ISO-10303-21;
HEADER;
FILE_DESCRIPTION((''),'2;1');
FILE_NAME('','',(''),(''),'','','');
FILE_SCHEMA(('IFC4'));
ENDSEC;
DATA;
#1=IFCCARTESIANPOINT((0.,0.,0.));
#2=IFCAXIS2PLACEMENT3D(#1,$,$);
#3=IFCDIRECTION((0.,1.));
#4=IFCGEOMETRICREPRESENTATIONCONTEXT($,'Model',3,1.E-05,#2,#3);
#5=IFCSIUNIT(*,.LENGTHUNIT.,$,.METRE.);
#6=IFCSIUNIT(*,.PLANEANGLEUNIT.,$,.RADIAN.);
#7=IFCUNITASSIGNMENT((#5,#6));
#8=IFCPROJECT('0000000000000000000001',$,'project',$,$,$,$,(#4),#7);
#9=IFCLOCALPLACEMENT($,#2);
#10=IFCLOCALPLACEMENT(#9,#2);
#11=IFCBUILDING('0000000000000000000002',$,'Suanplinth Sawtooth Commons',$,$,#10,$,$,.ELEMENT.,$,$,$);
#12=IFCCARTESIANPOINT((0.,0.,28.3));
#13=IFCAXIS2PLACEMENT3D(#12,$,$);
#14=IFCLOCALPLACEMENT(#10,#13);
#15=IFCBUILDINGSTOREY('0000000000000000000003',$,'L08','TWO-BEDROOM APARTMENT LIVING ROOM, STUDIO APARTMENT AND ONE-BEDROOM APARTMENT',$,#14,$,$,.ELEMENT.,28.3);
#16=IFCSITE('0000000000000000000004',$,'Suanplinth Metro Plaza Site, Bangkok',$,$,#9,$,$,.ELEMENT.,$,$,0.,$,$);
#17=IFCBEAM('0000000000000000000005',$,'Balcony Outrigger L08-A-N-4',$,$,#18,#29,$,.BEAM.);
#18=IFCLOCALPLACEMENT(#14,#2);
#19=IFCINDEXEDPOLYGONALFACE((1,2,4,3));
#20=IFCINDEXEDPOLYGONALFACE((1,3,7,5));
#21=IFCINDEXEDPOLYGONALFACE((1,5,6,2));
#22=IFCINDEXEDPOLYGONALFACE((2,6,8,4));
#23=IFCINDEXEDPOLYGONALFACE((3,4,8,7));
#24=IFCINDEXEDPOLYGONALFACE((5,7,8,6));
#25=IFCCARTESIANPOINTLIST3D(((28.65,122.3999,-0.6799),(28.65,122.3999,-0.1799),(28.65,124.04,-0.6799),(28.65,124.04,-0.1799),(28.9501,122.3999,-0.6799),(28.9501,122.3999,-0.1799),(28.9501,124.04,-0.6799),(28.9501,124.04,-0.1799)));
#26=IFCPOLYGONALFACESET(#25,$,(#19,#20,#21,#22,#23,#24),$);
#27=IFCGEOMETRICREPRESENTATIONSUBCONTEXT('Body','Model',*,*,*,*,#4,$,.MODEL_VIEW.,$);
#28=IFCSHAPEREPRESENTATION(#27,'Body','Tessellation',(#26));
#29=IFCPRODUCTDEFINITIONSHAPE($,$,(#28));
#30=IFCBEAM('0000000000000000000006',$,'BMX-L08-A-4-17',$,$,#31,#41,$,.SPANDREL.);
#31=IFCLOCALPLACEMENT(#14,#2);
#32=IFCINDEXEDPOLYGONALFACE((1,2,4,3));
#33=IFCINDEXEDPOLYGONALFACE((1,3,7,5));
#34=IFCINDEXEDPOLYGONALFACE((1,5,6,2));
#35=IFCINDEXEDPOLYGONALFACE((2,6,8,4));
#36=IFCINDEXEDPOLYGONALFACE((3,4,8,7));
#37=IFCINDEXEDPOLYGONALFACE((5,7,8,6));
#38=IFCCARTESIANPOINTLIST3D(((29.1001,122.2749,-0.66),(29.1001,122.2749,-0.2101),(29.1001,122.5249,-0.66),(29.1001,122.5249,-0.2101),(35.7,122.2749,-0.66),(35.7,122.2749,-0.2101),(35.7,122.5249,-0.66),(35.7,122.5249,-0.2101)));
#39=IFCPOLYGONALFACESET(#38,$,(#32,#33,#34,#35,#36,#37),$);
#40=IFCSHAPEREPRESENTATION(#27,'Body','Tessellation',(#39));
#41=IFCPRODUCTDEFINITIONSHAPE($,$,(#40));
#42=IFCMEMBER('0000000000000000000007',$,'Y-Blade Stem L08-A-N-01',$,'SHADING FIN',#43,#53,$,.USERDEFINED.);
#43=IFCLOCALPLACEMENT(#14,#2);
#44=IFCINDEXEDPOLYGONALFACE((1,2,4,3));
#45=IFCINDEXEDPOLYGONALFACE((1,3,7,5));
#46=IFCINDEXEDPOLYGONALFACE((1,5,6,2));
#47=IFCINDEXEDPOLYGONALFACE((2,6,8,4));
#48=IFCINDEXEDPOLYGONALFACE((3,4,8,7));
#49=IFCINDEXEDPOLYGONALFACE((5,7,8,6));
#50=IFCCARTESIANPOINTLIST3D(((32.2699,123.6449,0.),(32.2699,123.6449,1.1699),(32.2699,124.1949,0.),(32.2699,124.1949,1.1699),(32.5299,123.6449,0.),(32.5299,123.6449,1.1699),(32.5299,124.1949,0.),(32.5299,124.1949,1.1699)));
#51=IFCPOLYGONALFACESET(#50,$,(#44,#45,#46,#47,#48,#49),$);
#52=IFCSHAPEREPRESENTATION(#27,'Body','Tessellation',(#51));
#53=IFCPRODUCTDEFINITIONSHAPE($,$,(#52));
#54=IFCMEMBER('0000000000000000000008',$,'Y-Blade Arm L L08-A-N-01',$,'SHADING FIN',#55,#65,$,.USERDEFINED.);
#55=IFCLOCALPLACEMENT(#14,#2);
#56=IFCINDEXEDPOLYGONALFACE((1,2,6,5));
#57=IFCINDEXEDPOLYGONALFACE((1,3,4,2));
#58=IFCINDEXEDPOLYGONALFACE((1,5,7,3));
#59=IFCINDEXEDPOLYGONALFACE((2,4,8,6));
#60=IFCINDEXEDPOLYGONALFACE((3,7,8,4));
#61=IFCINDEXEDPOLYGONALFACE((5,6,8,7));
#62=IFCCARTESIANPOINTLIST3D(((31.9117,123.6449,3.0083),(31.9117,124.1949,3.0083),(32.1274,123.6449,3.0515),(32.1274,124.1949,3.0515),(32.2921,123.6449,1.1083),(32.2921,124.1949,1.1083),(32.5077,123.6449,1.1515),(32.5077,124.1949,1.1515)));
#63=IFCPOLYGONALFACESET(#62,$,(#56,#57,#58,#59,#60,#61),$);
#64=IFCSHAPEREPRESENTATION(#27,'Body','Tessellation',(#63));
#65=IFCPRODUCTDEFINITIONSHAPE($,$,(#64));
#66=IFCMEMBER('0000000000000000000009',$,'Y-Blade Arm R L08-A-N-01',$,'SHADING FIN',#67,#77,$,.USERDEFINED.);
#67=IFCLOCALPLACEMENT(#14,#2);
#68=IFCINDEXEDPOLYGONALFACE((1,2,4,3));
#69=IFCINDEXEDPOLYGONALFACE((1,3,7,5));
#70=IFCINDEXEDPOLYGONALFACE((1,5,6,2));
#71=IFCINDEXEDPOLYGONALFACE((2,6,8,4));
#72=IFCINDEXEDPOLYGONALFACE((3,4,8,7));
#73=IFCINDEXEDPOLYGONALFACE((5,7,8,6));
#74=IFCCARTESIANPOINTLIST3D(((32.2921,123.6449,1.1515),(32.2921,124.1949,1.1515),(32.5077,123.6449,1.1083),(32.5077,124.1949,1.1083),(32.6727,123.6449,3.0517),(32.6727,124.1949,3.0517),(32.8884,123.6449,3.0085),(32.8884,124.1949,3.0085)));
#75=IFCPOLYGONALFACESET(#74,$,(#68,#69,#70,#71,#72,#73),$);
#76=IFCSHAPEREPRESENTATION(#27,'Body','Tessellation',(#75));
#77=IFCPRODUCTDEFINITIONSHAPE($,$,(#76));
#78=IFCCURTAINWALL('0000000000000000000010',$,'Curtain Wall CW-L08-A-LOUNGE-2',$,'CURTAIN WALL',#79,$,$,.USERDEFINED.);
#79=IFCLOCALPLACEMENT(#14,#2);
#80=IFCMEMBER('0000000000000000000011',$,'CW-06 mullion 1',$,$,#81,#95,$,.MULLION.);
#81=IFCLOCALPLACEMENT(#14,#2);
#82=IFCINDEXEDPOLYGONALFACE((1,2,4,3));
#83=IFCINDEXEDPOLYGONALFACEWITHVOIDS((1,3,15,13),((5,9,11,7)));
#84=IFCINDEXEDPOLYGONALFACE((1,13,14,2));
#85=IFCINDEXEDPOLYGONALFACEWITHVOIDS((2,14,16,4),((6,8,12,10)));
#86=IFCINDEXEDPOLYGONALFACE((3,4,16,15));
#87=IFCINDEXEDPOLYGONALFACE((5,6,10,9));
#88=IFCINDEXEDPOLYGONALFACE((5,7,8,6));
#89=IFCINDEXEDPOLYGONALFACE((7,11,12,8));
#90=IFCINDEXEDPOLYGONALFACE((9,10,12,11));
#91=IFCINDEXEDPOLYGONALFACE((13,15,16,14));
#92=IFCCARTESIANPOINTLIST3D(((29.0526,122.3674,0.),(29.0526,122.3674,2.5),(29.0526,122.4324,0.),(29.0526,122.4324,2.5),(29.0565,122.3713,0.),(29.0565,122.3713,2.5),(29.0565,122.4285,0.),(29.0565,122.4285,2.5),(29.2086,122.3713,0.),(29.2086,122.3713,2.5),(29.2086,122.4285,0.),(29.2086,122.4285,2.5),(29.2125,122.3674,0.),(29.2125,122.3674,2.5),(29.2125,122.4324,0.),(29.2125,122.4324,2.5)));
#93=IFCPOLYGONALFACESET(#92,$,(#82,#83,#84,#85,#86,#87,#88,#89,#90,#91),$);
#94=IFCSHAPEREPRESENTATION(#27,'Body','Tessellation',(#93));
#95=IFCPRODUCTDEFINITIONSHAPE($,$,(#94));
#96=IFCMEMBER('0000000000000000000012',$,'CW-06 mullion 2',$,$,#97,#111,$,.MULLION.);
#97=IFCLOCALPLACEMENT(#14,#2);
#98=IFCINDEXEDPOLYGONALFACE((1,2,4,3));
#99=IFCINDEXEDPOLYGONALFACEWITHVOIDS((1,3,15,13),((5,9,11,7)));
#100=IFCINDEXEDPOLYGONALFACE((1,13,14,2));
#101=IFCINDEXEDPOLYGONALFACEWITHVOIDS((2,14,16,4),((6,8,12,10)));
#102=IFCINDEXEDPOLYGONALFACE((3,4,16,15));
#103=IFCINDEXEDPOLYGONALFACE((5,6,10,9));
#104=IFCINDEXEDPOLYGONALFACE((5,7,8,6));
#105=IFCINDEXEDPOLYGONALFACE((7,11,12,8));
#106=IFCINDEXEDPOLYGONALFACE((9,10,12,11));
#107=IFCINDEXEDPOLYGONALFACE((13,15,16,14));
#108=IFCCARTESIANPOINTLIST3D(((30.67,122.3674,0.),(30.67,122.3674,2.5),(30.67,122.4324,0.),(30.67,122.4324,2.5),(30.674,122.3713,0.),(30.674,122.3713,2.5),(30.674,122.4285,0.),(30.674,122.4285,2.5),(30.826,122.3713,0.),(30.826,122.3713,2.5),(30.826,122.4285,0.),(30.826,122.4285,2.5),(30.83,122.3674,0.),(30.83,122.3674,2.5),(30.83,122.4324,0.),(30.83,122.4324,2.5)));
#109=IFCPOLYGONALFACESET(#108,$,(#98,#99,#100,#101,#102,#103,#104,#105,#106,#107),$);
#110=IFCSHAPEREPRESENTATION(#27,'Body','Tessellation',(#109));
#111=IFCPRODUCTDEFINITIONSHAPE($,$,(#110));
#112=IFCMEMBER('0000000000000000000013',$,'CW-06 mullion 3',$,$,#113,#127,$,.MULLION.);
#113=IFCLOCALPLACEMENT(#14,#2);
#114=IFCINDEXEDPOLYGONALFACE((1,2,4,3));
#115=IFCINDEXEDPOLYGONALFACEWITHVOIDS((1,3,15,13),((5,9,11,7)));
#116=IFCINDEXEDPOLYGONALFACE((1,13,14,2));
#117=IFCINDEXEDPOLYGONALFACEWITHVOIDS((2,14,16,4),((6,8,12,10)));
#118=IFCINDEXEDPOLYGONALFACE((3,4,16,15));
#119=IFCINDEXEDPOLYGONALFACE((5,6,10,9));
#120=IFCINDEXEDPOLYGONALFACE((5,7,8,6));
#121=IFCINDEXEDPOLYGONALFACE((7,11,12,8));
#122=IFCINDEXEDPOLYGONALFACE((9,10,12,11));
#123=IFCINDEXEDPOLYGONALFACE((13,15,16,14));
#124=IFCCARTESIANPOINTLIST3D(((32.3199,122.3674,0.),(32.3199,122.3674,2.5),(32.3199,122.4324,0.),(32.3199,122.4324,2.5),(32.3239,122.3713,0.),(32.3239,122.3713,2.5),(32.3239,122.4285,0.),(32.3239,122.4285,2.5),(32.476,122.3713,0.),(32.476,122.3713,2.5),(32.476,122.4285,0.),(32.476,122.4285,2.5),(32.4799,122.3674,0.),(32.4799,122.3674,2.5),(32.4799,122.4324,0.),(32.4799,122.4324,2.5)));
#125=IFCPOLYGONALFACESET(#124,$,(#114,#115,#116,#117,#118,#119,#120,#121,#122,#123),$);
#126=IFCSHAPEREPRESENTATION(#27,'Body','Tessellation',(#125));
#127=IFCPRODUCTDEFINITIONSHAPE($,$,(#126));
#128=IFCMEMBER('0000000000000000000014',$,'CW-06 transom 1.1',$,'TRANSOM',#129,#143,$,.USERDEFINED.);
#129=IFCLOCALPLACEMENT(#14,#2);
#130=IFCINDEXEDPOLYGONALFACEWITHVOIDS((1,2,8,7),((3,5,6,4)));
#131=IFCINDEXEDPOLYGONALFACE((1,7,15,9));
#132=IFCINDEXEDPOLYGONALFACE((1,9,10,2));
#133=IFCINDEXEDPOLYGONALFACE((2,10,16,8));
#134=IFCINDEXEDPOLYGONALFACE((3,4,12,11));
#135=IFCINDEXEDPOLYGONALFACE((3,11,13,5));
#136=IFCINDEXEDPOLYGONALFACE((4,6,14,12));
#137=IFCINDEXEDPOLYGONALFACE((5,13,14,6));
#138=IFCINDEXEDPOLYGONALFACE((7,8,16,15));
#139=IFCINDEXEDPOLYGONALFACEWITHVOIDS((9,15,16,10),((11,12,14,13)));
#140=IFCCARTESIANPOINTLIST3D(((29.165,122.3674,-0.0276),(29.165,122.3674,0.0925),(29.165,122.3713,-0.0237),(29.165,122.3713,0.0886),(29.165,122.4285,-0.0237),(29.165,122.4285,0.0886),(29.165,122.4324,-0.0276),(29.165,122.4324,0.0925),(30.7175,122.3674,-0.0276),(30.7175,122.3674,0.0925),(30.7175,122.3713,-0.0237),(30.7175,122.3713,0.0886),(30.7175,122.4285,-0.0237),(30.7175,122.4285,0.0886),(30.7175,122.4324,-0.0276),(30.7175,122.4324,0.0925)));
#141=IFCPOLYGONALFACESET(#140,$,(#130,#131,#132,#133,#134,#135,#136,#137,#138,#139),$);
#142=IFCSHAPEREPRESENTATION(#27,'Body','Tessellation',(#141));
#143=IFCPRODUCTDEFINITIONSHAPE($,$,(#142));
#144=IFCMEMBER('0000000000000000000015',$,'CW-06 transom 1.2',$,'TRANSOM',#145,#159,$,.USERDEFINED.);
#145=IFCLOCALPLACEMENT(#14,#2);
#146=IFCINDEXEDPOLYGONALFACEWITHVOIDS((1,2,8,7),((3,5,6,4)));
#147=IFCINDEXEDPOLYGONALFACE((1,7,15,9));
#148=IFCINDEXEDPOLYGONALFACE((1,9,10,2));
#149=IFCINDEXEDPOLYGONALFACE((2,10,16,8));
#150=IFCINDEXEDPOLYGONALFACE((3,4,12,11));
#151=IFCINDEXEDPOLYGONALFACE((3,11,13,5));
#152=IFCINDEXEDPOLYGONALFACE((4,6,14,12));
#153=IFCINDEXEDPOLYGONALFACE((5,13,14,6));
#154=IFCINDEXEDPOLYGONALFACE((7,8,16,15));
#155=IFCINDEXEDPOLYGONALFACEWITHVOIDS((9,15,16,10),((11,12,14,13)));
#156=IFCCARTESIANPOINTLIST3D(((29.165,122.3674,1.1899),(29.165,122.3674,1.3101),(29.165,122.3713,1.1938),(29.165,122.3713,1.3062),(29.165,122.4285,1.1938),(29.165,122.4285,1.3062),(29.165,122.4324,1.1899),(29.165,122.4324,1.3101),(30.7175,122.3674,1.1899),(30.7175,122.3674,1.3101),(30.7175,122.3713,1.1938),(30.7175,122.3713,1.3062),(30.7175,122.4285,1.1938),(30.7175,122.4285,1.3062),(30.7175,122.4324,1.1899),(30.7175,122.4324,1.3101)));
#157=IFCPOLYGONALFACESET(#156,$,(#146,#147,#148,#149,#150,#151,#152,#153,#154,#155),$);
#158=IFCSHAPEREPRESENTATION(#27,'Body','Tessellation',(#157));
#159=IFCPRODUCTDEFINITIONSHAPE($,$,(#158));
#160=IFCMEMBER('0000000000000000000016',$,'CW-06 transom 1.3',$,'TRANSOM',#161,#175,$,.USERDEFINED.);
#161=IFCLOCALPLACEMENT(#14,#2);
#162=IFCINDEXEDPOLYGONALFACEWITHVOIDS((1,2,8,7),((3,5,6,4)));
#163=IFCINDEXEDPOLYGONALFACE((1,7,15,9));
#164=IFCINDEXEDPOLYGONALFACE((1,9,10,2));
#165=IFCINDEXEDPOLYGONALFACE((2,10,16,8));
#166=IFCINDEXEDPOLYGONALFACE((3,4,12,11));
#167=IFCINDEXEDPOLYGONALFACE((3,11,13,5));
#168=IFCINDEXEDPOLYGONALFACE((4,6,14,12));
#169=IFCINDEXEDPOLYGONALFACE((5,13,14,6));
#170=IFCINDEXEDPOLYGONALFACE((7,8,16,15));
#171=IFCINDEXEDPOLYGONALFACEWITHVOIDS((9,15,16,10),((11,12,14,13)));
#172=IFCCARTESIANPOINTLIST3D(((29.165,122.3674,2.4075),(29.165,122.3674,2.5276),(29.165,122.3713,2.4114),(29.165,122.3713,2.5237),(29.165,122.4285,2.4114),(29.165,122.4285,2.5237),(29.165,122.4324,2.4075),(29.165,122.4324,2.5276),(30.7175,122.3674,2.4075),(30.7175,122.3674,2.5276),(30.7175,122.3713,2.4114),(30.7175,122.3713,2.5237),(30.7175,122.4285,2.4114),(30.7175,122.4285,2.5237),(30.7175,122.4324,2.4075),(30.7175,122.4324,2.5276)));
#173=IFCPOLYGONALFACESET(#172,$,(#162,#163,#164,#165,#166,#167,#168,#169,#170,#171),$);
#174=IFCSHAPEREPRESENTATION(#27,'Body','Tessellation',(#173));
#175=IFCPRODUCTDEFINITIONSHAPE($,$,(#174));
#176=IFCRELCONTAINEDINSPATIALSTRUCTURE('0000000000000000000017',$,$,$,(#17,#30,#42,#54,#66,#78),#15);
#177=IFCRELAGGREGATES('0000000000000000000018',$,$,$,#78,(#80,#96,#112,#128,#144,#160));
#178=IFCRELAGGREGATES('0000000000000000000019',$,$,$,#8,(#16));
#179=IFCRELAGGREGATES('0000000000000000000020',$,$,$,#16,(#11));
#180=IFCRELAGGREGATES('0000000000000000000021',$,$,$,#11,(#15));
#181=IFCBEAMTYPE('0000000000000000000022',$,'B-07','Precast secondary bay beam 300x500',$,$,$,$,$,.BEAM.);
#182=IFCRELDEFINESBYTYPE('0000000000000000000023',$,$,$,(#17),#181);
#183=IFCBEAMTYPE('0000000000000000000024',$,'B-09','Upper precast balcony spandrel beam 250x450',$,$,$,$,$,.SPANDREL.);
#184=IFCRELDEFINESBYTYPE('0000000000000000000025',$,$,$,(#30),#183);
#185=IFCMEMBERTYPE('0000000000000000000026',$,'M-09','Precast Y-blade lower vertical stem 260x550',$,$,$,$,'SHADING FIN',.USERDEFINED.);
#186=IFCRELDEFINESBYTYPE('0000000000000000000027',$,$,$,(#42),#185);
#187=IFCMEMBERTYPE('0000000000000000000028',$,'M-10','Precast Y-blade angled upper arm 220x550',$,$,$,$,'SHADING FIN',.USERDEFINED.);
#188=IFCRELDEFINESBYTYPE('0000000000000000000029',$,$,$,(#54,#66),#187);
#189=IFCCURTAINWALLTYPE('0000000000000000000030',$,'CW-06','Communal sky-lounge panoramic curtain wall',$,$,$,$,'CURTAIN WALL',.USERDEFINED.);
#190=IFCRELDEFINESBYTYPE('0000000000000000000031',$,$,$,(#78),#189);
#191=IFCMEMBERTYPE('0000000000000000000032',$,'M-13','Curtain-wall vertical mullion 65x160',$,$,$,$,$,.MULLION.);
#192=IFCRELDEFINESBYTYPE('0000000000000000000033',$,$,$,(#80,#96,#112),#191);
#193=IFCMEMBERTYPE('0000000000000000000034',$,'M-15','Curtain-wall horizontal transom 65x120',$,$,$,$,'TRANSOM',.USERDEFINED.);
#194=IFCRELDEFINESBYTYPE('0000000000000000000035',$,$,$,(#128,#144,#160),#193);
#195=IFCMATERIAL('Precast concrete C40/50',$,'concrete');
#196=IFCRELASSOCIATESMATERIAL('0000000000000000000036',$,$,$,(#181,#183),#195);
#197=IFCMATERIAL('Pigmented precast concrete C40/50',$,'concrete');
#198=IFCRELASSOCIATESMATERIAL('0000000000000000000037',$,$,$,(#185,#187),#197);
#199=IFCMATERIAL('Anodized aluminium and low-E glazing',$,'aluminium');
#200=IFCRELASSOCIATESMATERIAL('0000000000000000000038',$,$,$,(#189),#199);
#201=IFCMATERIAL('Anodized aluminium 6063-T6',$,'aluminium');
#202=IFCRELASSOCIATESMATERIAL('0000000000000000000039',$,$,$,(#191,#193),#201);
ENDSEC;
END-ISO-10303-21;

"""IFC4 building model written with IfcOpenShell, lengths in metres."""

from ifc_helpers import new_model, si_unit, direction, frame, origin, origin_2d, place, context, subcontext, project, spatial, rectangle, hollow_rectangle, extrude, material, material_profile, profile_set, type_object, element, aggregate, save


model = new_model("IFC4")

# Units and contexts
model_context = context("Model", 3, precision=1e-05, world=origin(), true_north=direction((0.0, 1.0)))
body_context = subcontext(model_context, "Body", "Model", "MODEL_VIEW")
ifc_project = project(units=[si_unit("LENGTHUNIT", "METRE"), si_unit("PLANEANGLEUNIT", "RADIAN")], contexts=[model_context])

# Site, building, storey
site_placement = place(None, origin())
site = spatial("IfcSite", under=ifc_project, at=site_placement, Name="Suanplinth Metro Plaza Site, Bangkok", CompositionType="ELEMENT", RefElevation=0.0)
building_placement = place(site_placement, origin())
building = spatial("IfcBuilding", under=site, at=building_placement, Name="Suanplinth Sawtooth Commons", CompositionType="ELEMENT")
storey_placement = place(building_placement, frame((0.0, 0.0, 28.3)))
storey = spatial("IfcBuildingStorey", under=building, at=storey_placement, Name="L08", Description="TWO-BEDROOM APARTMENT LIVING ROOM, STUDIO APARTMENT AND ONE-BEDROOM APARTMENT", CompositionType="ELEMENT", Elevation=28.3)

# Beams
ifc_material_1 = material(Name="Precast concrete C40/50", Category="concrete")
ifc_material_profile_1 = material_profile(ifc_material_1, rectangle(XDim=0.3, YDim=0.5, at=origin_2d()), Name="PC-BM 300x500")
ifc_profile_set_1 = profile_set([ifc_material_profile_1], Name="Precast concrete C40/50")
beam_type_1 = type_object("IfcBeamType", Name="B-07", Description="Precast secondary bay beam 300x500", PredefinedType="BEAM", material=ifc_profile_set_1)
beam_1_placement = place(storey_placement, frame((28.8, 122.3999, -0.4299), z_axis=(0.0, 1.0, 0.0), x_axis=(-1.0, 0.0, 0.0)))
element("IfcBeam", 1, at=beam_1_placement, inside=storey, type_object=beam_type_1, Name="Balcony Outrigger L08-A-N-4", PredefinedType="BEAM", context=body_context, shape_type="SweptSolid", body=[
    extrude(rectangle(XDim=0.3, YDim=0.5, at=origin_2d()), origin(), (0.0, 0.0, 1.0), 1.6401),
])
ifc_material_profile_2 = material_profile(ifc_material_1, rectangle(XDim=0.25, YDim=0.45, at=origin_2d()), Name="PC-SP 250x450")
ifc_profile_set_2 = profile_set([ifc_material_profile_2], Name="Precast concrete C40/50")
beam_type_2 = type_object("IfcBeamType", Name="B-09", Description="Upper precast balcony spandrel beam 250x450", PredefinedType="SPANDREL", material=ifc_profile_set_2)
beam_2_placement = place(storey_placement, frame((29.1001, 122.3999, -0.4351), z_axis=(1.0, 0.0, 0.0), x_axis=(0.0, 1.0, 0.0)))
element("IfcBeam", 2, at=beam_2_placement, inside=storey, type_object=beam_type_2, Name="BMX-L08-A-4-17", PredefinedType="SPANDREL", context=body_context, shape_type="SweptSolid", body=[
    extrude(rectangle(XDim=0.25, YDim=0.45, at=origin_2d()), origin(), (0.0, 0.0, 1.0), 6.5999),
])

# Members
ifc_material_2 = material(Name="Pigmented precast concrete C40/50", Category="concrete")
ifc_material_profile_3 = material_profile(ifc_material_2, rectangle(XDim=0.26, YDim=0.55, at=origin_2d()), Name="PC-FIN 260x550")
ifc_profile_set_3 = profile_set([ifc_material_profile_3], Name="Pigmented precast concrete C40/50")
member_type_1 = type_object("IfcMemberType", Name="M-09", Description="Precast Y-blade lower vertical stem 260x550", ElementType="SHADING FIN", PredefinedType="USERDEFINED", material=ifc_profile_set_3)
member_1_placement = place(storey_placement, frame((32.3999, 123.9199, 0.0), z_axis=(0.0, 0.0, 1.0), x_axis=(1.0, 0.0, 0.0)))
element("IfcMember", 3, at=member_1_placement, inside=storey, type_object=member_type_1, Name="Y-Blade Stem L08-A-N-01", ObjectType="SHADING FIN", PredefinedType="USERDEFINED", context=body_context, shape_type="SweptSolid", body=[
    extrude(rectangle(XDim=0.26, YDim=0.55, at=origin_2d()), origin(), (0.0, 0.0, 1.0), 1.1699),
])
ifc_material_profile_4 = material_profile(ifc_material_2, rectangle(XDim=0.22, YDim=0.55, at=origin_2d()), Name="PC-FIN 220x550")
ifc_profile_set_4 = profile_set([ifc_material_profile_4], Name="Pigmented precast concrete C40/50")
member_type_2 = type_object("IfcMemberType", Name="M-10", Description="Precast Y-blade angled upper arm 220x550", ElementType="SHADING FIN", PredefinedType="USERDEFINED", material=ifc_profile_set_4)
member_2_placement = place(storey_placement, frame((32.3999, 123.9199, 1.1299), z_axis=(-0.196286, 0.0, 0.980547), x_axis=(0.980547, 0.0, 0.196286)))
element("IfcMember", 4, at=member_2_placement, inside=storey, type_object=member_type_2, Name="Y-Blade Arm L L08-A-N-01", ObjectType="SHADING FIN", PredefinedType="USERDEFINED", context=body_context, shape_type="SweptSolid", body=[
    extrude(rectangle(XDim=0.22, YDim=0.55, at=origin_2d()), origin(), (0.0, 0.0, 1.0), 1.9377),
])
member_3_placement = place(storey_placement, frame((32.3999, 123.9199, 1.1299), z_axis=(0.196407, 0.0, 0.980522), x_axis=(-0.980522, 0.0, 0.196407)))
element("IfcMember", 5, at=member_3_placement, inside=storey, type_object=member_type_2, Name="Y-Blade Arm R L08-A-N-01", ObjectType="SHADING FIN", PredefinedType="USERDEFINED", context=body_context, shape_type="SweptSolid", body=[
    extrude(rectangle(XDim=0.22, YDim=0.55, at=origin_2d()), origin(), (0.0, 0.0, 1.0), 1.938),
])

# Curtain wall, members
ifc_material_3 = material(Name="Anodized aluminium and low-E glazing", Category="aluminium")
curtain_wall_type = type_object("IfcCurtainWallType", Name="CW-06", Description="Communal sky-lounge panoramic curtain wall", ElementType="CURTAIN WALL", PredefinedType="USERDEFINED", material=ifc_material_3)
curtain_wall_placement = place(storey_placement, origin())
curtain_wall = element("IfcCurtainWall", 6, at=curtain_wall_placement, inside=storey, type_object=curtain_wall_type, Name="Curtain Wall CW-L08-A-LOUNGE-2", ObjectType="CURTAIN WALL", PredefinedType="USERDEFINED")
ifc_material_4 = material(Name="Anodized aluminium 6063-T6", Category="aluminium")
ifc_material_profile_5 = material_profile(ifc_material_4, hollow_rectangle(XDim=0.0649, YDim=0.1599, WallThickness=0.0039, at=origin_2d()), Name="ALU-MUL 65x160")
ifc_profile_set_5 = profile_set([ifc_material_profile_5], Name="Anodized aluminium 6063-T6")
member_type_3 = type_object("IfcMemberType", Name="M-13", Description="Curtain-wall vertical mullion 65x160", PredefinedType="MULLION", material=ifc_profile_set_5)
member_4_placement = place(storey_placement, frame((29.1326, 122.3999, 0.0), z_axis=(0.0, 0.0, 1.0), x_axis=(0.0, 1.0, 0.0)))
member_4 = element("IfcMember", 7, at=member_4_placement, type_object=member_type_3, Name="CW-06 mullion 1", PredefinedType="MULLION", context=body_context, shape_type="SweptSolid", body=[
    extrude(hollow_rectangle(XDim=0.0649, YDim=0.1599, WallThickness=0.0039, at=origin_2d()), origin(), (0.0, 0.0, 1.0), 2.5),
])
member_5_placement = place(storey_placement, frame((30.75, 122.3999, 0.0), z_axis=(0.0, 0.0, 1.0), x_axis=(0.0, 1.0, 0.0)))
member_5 = element("IfcMember", 8, at=member_5_placement, type_object=member_type_3, Name="CW-06 mullion 2", PredefinedType="MULLION", context=body_context, shape_type="SweptSolid", body=[
    extrude(hollow_rectangle(XDim=0.0649, YDim=0.1599, WallThickness=0.0039, at=origin_2d()), origin(), (0.0, 0.0, 1.0), 2.5),
])
member_6_placement = place(storey_placement, frame((32.3999, 122.3999, 0.0), z_axis=(0.0, 0.0, 1.0), x_axis=(0.0, 1.0, 0.0)))
member_6 = element("IfcMember", 9, at=member_6_placement, type_object=member_type_3, Name="CW-06 mullion 3", PredefinedType="MULLION", context=body_context, shape_type="SweptSolid", body=[
    extrude(hollow_rectangle(XDim=0.0649, YDim=0.1599, WallThickness=0.0039, at=origin_2d()), origin(), (0.0, 0.0, 1.0), 2.5),
])
ifc_material_profile_6 = material_profile(ifc_material_4, hollow_rectangle(XDim=0.0649, YDim=0.1201, WallThickness=0.0039, at=origin_2d()), Name="ALU-TRN 65x120")
ifc_profile_set_6 = profile_set([ifc_material_profile_6], Name="Anodized aluminium 6063-T6")
member_type_4 = type_object("IfcMemberType", Name="M-15", Description="Curtain-wall horizontal transom 65x120", ElementType="TRANSOM", PredefinedType="USERDEFINED", material=ifc_profile_set_6)
member_7_placement = place(storey_placement, frame((29.165, 122.3999, 0.0325), z_axis=(1.0, 0.0, 0.0), x_axis=(0.0, 1.0, 0.0)))
member_7 = element("IfcMember", 10, at=member_7_placement, type_object=member_type_4, Name="CW-06 transom 1.1", ObjectType="TRANSOM", PredefinedType="USERDEFINED", context=body_context, shape_type="SweptSolid", body=[
    extrude(hollow_rectangle(XDim=0.0649, YDim=0.1201, WallThickness=0.0039, at=origin_2d()), origin(), (0.0, 0.0, 1.0), 1.5525),
])
member_8_placement = place(storey_placement, frame((29.165, 122.3999, 1.25), z_axis=(1.0, 0.0, 0.0), x_axis=(0.0, 1.0, 0.0)))
member_8 = element("IfcMember", 11, at=member_8_placement, type_object=member_type_4, Name="CW-06 transom 1.2", ObjectType="TRANSOM", PredefinedType="USERDEFINED", context=body_context, shape_type="SweptSolid", body=[
    extrude(hollow_rectangle(XDim=0.0649, YDim=0.1201, WallThickness=0.0039, at=origin_2d()), origin(), (0.0, 0.0, 1.0), 1.5525),
])
member_9_placement = place(storey_placement, frame((29.165, 122.3999, 2.4675), z_axis=(1.0, 0.0, 0.0), x_axis=(0.0, 1.0, 0.0)))
member_9 = element("IfcMember", 12, at=member_9_placement, type_object=member_type_4, Name="CW-06 transom 1.3", ObjectType="TRANSOM", PredefinedType="USERDEFINED", context=body_context, shape_type="SweptSolid", body=[
    extrude(hollow_rectangle(XDim=0.0649, YDim=0.1201, WallThickness=0.0039, at=origin_2d()), origin(), (0.0, 0.0, 1.0), 1.5525),
])

aggregate(curtain_wall, [member_4, member_5, member_6, member_7, member_8, member_9])

save(model, "model.ifc")
